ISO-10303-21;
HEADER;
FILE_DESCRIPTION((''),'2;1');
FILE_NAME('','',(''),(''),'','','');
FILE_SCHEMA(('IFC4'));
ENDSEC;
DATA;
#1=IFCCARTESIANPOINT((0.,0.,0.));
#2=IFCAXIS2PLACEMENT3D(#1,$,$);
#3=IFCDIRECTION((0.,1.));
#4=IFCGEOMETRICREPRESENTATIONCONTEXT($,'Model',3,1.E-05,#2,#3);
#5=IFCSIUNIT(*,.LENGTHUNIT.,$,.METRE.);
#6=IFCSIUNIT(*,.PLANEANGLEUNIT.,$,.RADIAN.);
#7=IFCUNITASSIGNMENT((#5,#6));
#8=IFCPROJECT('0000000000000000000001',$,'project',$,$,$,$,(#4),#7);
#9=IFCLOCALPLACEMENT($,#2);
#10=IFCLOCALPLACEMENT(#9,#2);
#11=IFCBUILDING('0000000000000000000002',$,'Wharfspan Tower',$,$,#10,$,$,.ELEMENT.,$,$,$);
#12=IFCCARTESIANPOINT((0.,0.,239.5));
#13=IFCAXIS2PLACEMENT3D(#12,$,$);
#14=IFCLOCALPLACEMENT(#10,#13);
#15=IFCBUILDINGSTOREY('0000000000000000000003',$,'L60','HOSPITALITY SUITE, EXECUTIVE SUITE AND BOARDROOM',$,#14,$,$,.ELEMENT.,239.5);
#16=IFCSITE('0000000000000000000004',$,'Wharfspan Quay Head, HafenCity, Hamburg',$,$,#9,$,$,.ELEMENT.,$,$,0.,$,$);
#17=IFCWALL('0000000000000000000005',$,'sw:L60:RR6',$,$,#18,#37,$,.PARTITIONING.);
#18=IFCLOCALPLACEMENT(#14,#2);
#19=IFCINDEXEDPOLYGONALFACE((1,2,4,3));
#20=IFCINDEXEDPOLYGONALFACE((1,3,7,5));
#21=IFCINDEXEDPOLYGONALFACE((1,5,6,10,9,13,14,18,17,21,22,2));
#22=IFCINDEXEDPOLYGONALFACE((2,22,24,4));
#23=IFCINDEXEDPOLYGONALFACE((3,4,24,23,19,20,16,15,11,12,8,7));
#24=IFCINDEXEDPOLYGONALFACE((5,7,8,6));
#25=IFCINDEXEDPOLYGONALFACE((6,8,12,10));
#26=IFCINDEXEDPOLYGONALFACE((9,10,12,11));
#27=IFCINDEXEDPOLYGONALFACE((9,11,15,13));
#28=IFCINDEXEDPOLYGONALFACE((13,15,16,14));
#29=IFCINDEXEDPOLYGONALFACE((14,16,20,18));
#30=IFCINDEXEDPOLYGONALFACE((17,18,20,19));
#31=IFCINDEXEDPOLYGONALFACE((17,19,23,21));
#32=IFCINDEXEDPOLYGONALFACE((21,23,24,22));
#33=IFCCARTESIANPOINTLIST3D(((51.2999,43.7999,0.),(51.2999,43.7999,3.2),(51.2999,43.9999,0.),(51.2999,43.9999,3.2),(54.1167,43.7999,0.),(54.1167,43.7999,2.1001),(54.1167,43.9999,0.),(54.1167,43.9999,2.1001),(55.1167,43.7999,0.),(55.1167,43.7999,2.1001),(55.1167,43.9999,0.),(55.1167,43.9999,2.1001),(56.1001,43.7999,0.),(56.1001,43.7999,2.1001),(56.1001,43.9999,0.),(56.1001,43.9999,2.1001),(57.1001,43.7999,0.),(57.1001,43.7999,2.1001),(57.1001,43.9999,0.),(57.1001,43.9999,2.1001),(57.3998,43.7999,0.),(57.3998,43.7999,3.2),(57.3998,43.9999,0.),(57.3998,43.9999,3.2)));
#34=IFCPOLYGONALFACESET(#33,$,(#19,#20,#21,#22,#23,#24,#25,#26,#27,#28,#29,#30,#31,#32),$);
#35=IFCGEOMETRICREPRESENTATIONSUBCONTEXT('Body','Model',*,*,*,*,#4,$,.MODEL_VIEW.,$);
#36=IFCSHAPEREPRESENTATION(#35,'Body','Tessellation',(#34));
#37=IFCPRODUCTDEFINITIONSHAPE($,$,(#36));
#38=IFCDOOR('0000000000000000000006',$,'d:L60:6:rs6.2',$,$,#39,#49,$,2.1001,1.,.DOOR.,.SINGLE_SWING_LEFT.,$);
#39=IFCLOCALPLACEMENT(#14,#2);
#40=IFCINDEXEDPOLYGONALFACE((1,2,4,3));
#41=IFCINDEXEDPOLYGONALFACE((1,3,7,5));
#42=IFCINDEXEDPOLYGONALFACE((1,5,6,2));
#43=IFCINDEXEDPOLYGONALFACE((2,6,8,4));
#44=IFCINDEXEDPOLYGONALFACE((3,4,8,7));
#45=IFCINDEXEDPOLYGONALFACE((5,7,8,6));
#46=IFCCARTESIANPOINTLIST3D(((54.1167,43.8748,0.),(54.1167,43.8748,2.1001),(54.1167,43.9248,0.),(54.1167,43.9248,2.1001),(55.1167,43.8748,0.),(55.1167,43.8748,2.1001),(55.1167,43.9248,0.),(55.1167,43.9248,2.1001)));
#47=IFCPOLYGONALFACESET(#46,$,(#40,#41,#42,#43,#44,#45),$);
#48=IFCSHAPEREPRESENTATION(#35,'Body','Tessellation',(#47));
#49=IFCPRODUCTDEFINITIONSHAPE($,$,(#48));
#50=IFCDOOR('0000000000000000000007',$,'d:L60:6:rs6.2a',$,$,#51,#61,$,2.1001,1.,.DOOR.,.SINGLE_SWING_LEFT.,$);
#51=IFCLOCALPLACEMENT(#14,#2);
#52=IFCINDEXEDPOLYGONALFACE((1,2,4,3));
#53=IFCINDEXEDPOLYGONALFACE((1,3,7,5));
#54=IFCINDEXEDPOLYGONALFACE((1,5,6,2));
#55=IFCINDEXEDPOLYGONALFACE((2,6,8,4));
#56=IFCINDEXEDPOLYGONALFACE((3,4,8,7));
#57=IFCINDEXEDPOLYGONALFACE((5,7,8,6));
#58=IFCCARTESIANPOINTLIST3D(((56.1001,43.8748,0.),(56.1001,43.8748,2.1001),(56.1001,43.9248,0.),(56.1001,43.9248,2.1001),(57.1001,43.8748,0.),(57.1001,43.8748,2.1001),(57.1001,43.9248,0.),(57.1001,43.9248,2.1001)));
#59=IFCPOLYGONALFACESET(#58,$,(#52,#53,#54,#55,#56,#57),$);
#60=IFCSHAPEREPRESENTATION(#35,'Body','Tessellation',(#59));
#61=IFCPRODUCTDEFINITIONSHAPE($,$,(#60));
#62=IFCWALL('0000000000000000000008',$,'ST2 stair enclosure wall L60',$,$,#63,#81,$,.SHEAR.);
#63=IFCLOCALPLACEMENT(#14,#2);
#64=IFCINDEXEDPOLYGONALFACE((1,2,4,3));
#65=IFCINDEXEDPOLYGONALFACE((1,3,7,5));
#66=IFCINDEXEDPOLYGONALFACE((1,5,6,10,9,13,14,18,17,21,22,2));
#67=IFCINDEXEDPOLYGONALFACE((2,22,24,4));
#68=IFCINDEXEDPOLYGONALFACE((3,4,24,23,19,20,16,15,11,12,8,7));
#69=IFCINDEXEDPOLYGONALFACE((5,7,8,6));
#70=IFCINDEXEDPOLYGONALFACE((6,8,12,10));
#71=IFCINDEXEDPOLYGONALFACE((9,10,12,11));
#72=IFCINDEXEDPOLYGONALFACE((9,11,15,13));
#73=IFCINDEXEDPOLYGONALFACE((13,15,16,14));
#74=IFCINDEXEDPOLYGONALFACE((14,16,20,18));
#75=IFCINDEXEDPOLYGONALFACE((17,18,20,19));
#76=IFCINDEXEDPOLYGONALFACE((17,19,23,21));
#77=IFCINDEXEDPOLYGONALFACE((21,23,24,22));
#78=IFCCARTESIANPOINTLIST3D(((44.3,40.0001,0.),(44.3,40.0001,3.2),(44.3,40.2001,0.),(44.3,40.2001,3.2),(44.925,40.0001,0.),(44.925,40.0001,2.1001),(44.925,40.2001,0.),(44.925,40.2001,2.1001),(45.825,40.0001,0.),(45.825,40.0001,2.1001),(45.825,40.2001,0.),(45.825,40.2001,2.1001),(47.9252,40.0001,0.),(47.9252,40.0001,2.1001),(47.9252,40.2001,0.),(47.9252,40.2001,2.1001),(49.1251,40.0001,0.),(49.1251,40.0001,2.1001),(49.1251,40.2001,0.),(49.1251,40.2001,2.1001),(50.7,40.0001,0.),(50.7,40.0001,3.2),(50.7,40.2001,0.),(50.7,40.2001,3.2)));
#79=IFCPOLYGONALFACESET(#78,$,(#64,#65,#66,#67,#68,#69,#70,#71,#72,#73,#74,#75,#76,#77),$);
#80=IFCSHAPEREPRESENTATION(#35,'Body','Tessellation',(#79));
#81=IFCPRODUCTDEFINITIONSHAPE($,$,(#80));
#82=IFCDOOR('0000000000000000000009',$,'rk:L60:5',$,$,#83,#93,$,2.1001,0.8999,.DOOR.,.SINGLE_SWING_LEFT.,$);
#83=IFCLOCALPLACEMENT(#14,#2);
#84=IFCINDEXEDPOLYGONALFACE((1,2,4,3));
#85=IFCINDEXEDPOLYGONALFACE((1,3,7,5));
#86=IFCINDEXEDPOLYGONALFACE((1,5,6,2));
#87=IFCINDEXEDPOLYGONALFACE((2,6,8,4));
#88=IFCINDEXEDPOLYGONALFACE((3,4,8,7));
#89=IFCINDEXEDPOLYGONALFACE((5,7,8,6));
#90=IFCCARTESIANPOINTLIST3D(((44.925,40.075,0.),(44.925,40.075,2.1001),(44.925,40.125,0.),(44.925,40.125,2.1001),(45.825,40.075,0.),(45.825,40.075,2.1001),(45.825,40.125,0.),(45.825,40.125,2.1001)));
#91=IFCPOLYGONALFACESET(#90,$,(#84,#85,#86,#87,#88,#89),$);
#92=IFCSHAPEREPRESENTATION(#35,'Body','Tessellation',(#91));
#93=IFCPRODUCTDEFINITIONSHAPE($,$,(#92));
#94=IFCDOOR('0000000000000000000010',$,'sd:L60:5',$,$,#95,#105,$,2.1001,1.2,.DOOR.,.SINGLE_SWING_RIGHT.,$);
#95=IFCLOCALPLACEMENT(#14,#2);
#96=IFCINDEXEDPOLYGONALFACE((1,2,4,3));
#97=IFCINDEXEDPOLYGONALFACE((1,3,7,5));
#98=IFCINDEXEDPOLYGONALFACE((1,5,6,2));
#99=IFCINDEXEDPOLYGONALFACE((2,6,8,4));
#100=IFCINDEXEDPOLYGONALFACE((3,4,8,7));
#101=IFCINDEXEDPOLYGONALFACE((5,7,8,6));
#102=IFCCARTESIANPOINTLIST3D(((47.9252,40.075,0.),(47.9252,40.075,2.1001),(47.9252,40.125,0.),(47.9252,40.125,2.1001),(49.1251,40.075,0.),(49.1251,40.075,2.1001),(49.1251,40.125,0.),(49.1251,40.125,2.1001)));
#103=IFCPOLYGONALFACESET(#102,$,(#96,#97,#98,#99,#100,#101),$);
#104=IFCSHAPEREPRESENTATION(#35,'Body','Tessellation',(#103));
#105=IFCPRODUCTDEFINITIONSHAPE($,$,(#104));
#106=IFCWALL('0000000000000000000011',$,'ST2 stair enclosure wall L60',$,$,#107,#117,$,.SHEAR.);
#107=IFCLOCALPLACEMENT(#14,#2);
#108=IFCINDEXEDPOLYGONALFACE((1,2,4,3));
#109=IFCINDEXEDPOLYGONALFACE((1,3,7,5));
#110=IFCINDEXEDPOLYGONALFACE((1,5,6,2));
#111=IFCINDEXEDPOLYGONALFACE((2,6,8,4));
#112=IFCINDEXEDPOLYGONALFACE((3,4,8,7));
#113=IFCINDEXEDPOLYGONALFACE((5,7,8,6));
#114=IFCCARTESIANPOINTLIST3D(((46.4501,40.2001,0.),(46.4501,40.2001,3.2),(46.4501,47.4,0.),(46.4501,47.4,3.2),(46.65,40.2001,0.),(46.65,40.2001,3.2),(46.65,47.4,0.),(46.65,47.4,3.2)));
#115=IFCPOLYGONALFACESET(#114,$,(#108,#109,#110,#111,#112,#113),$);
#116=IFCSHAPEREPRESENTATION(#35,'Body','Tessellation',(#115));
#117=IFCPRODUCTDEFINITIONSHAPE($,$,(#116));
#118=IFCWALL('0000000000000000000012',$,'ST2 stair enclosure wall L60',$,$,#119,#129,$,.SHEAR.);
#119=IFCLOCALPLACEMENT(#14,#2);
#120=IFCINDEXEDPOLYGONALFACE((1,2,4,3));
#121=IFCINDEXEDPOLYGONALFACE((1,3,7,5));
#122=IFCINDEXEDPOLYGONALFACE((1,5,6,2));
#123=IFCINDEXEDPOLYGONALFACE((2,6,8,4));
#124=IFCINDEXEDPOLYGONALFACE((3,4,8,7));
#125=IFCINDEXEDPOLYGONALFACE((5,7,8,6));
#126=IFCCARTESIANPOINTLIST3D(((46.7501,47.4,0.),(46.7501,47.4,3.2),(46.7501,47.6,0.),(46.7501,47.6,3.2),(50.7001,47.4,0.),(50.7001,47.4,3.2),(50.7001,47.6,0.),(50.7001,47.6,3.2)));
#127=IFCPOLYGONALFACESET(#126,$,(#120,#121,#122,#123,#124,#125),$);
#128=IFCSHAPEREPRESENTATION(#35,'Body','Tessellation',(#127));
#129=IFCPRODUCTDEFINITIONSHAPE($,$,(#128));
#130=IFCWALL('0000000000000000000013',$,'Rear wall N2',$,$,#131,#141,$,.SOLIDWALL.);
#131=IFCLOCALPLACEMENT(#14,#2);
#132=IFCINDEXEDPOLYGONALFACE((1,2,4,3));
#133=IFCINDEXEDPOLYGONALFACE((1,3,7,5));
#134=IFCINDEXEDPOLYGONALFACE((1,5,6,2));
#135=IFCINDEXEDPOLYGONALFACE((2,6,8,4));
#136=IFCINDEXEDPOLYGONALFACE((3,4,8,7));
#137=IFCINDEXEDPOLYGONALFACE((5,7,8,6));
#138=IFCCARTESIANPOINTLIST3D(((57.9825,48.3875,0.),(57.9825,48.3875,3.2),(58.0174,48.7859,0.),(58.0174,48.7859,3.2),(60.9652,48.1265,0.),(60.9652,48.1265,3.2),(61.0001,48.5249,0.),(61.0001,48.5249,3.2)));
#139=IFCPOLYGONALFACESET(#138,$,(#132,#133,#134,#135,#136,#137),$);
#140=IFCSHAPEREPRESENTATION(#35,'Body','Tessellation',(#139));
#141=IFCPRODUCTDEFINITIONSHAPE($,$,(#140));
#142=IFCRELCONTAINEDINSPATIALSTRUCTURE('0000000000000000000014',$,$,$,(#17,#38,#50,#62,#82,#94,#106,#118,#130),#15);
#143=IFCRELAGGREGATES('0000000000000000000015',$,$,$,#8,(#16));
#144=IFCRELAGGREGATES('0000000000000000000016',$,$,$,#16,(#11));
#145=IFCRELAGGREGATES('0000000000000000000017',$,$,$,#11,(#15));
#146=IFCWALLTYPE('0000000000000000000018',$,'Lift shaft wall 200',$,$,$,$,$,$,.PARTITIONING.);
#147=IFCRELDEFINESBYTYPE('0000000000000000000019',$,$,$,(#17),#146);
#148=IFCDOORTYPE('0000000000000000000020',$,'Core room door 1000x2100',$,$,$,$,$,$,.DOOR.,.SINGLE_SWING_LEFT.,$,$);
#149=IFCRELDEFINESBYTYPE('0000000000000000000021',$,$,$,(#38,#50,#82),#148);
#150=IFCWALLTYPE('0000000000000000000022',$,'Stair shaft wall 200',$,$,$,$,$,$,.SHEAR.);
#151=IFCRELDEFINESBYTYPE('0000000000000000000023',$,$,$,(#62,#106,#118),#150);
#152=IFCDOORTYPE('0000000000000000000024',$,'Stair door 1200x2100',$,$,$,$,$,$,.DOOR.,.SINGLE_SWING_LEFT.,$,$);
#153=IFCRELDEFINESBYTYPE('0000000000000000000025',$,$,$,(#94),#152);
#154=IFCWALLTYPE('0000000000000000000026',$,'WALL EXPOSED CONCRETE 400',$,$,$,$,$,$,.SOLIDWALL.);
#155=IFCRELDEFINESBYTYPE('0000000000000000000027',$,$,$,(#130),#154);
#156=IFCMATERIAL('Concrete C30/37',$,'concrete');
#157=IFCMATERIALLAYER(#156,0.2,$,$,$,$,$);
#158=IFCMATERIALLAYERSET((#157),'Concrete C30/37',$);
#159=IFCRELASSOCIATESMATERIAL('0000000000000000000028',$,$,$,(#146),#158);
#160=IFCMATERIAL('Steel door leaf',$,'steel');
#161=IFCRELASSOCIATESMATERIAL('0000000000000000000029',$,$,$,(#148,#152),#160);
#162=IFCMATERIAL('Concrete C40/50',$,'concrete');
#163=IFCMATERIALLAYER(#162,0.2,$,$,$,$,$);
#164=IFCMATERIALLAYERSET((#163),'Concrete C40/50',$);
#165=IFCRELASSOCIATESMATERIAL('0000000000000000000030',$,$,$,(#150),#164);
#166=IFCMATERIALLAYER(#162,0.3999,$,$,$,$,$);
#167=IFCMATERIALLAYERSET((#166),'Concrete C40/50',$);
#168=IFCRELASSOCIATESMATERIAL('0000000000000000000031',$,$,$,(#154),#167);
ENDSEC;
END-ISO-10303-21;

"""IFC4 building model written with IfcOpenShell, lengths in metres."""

from ifc_helpers import new_model, si_unit, direction, frame, frame_2d, origin, place, context, subcontext, project, spatial, rectangle, extrude, material, layer, layer_set, type_object, element, fill, save


model = new_model("IFC4")

# Units and contexts
model_context = context("Model", 3, precision=1e-05, world=origin(), true_north=direction((0.0, 1.0)))
body_context = subcontext(model_context, "Body", "Model", "MODEL_VIEW")
ifc_project = project(units=[si_unit("LENGTHUNIT", "METRE"), si_unit("PLANEANGLEUNIT", "RADIAN")], contexts=[model_context])

# Site, building, storey
site_placement = place(None, origin())
site = spatial("IfcSite", under=ifc_project, at=site_placement, Name="Wharfspan Quay Head, HafenCity, Hamburg", CompositionType="ELEMENT", RefElevation=0.0)
building_placement = place(site_placement, origin())
building = spatial("IfcBuilding", under=site, at=building_placement, Name="Wharfspan Tower", CompositionType="ELEMENT")
storey_placement = place(building_placement, frame((0.0, 0.0, 239.5)))
storey = spatial("IfcBuildingStorey", under=building, at=storey_placement, Name="L60", Description="HOSPITALITY SUITE, EXECUTIVE SUITE AND BOARDROOM", CompositionType="ELEMENT", Elevation=239.5)

# Walls, openings, doors
ifc_material_1 = material(Name="Concrete C30/37", Category="concrete")
ifc_layer_1 = layer(ifc_material_1, 0.2)
ifc_layer_set_1 = layer_set([ifc_layer_1], Name="Concrete C30/37")
wall_type_1 = type_object("IfcWallType", Name="Lift shaft wall 200", PredefinedType="PARTITIONING", material=ifc_layer_set_1)
ifc_material_2 = material(Name="Steel door leaf", Category="steel")
door_type_1 = type_object("IfcDoorType", Name="Core room door 1000x2100", OperationType="SINGLE_SWING_LEFT", PredefinedType="DOOR", material=ifc_material_2)
wall_1_placement = place(storey_placement, frame((51.3, 43.8999, 0.0), z_axis=(0.0, 0.0, 1.0), x_axis=(1.0, 0.0, 0.0)))
wall_1 = element("IfcWall", 1, at=wall_1_placement, inside=storey, type_object=wall_type_1, Name="sw:L60:RR6", PredefinedType="PARTITIONING", context=body_context, shape_type="SweptSolid", body=[
    extrude(rectangle(XDim=6.0999, YDim=0.2, at=frame_2d((3.0498, 0.0))), origin(), (0.0, 0.0, 1.0), 3.2),
])
opening_1_placement = place(wall_1_placement, frame((2.8167, 0.0, 0.0)))
opening_1 = element("IfcOpeningElement", 2, at=opening_1_placement, cuts=wall_1, PredefinedType="OPENING", context=body_context, shape_type="SweptSolid", body=[
    extrude(rectangle(XDim=1.0, YDim=2.1001, at=frame_2d((0.5, 1.05))), frame((0.0, 0.1099, 0.0), z_axis=(0.0, -1.0, 0.0), x_axis=(1.0, 0.0, 0.0)), (0.0, 0.0, 1.0), 0.22),
])
opening_2_placement = place(wall_1_placement, frame((4.8, 0.0, 0.0)))
opening_2 = element("IfcOpeningElement", 3, at=opening_2_placement, cuts=wall_1, PredefinedType="OPENING", context=body_context, shape_type="SweptSolid", body=[
    extrude(rectangle(XDim=1.0, YDim=2.1001, at=frame_2d((0.5, 1.05))), frame((0.0, 0.1099, 0.0), z_axis=(0.0, -1.0, 0.0), x_axis=(1.0, 0.0, 0.0)), (0.0, 0.0, 1.0), 0.22),
])
door_1_placement = place(opening_1_placement, origin())
door_1 = element("IfcDoor", 4, at=door_1_placement, inside=storey, type_object=door_type_1, Name="d:L60:6:rs6.2", OperationType="SINGLE_SWING_LEFT", OverallHeight=2.1001, OverallWidth=1.0, PredefinedType="DOOR", context=body_context, shape_type="SweptSolid", body=[
    extrude(rectangle(XDim=1.0, YDim=2.1001, at=frame_2d((0.5, 1.05))), frame((0.0, 0.0249, 0.0), z_axis=(0.0, -1.0, 0.0), x_axis=(1.0, 0.0, 0.0)), (0.0, 0.0, 1.0), 0.05),
])
fill(opening_1, door_1)
door_2_placement = place(opening_2_placement, origin())
door_2 = element("IfcDoor", 5, at=door_2_placement, inside=storey, type_object=door_type_1, Name="d:L60:6:rs6.2a", OperationType="SINGLE_SWING_LEFT", OverallHeight=2.1001, OverallWidth=1.0, PredefinedType="DOOR", context=body_context, shape_type="SweptSolid", body=[
    extrude(rectangle(XDim=1.0, YDim=2.1001, at=frame_2d((0.5, 1.05))), frame((0.0, 0.0249, 0.0), z_axis=(0.0, -1.0, 0.0), x_axis=(1.0, 0.0, 0.0)), (0.0, 0.0, 1.0), 0.05),
])
fill(opening_2, door_2)
ifc_material_3 = material(Name="Concrete C40/50", Category="concrete")
ifc_layer_2 = layer(ifc_material_3, 0.2)
ifc_layer_set_2 = layer_set([ifc_layer_2], Name="Concrete C40/50")
wall_type_2 = type_object("IfcWallType", Name="Stair shaft wall 200", PredefinedType="SHEAR", material=ifc_layer_set_2)
wall_2_placement = place(storey_placement, frame((44.3, 40.1001, 0.0), z_axis=(0.0, 0.0, 1.0), x_axis=(1.0, 0.0, 0.0)))
wall_2 = element("IfcWall", 6, at=wall_2_placement, inside=storey, type_object=wall_type_2, Name="ST2 stair enclosure wall L60", PredefinedType="SHEAR", context=body_context, shape_type="SweptSolid", body=[
    extrude(rectangle(XDim=6.3999, YDim=0.2, at=frame_2d((3.2, 0.0))), origin(), (0.0, 0.0, 1.0), 3.2),
])
opening_3_placement = place(wall_2_placement, frame((3.625, 0.0, 0.0)))
opening_3 = element("IfcOpeningElement", 7, at=opening_3_placement, cuts=wall_2, PredefinedType="OPENING", context=body_context, shape_type="SweptSolid", body=[
    extrude(rectangle(XDim=1.2, YDim=2.1001, at=frame_2d((0.6001, 1.05))), frame((0.0, 0.1099, 0.0), z_axis=(0.0, -1.0, 0.0), x_axis=(1.0, 0.0, 0.0)), (0.0, 0.0, 1.0), 0.22),
])
opening_4_placement = place(wall_2_placement, frame((0.625, 0.0, 0.0)))
opening_4 = element("IfcOpeningElement", 8, at=opening_4_placement, cuts=wall_2, PredefinedType="OPENING", context=body_context, shape_type="SweptSolid", body=[
    extrude(rectangle(XDim=0.8999, YDim=2.1001, at=frame_2d((0.45, 1.05))), frame((0.0, 0.1099, 0.0), z_axis=(0.0, -1.0, 0.0), x_axis=(1.0, 0.0, 0.0)), (0.0, 0.0, 1.0), 0.22),
])
door_3_placement = place(opening_4_placement, origin())
door_3 = element("IfcDoor", 9, at=door_3_placement, inside=storey, type_object=door_type_1, Name="rk:L60:5", OperationType="SINGLE_SWING_LEFT", OverallHeight=2.1001, OverallWidth=0.8999, PredefinedType="DOOR", context=body_context, shape_type="SweptSolid", body=[
    extrude(rectangle(XDim=0.8999, YDim=2.1001, at=frame_2d((0.45, 1.05))), frame((0.0, 0.0249, 0.0), z_axis=(0.0, -1.0, 0.0), x_axis=(1.0, 0.0, 0.0)), (0.0, 0.0, 1.0), 0.05),
])
fill(opening_4, door_3)
door_type_2 = type_object("IfcDoorType", Name="Stair door 1200x2100", OperationType="SINGLE_SWING_LEFT", PredefinedType="DOOR", material=ifc_material_2)
door_4_placement = place(opening_3_placement, origin())
door_4 = element("IfcDoor", 10, at=door_4_placement, inside=storey, type_object=door_type_2, Name="sd:L60:5", OperationType="SINGLE_SWING_RIGHT", OverallHeight=2.1001, OverallWidth=1.2, PredefinedType="DOOR", context=body_context, shape_type="SweptSolid", body=[
    extrude(rectangle(XDim=1.2, YDim=2.1001, at=frame_2d((0.6001, 1.05))), frame((0.0, 0.0249, 0.0), z_axis=(0.0, -1.0, 0.0), x_axis=(1.0, 0.0, 0.0)), (0.0, 0.0, 1.0), 0.05),
])
fill(opening_3, door_4)

# Walls
wall_3_placement = place(storey_placement, frame((46.55, 40.2, 0.0), z_axis=(0.0, 0.0, 1.0), x_axis=(0.0, 1.0, 0.0)))
element("IfcWall", 11, at=wall_3_placement, inside=storey, type_object=wall_type_2, Name="ST2 stair enclosure wall L60", PredefinedType="SHEAR", context=body_context, shape_type="SweptSolid", body=[
    extrude(rectangle(XDim=7.2, YDim=0.2, at=frame_2d((3.6001, 0.0))), origin(), (0.0, 0.0, 1.0), 3.2),
])
wall_4_placement = place(storey_placement, frame((46.75, 47.5, 0.0), z_axis=(0.0, 0.0, 1.0), x_axis=(1.0, 0.0, 0.0)))
element("IfcWall", 12, at=wall_4_placement, inside=storey, type_object=wall_type_2, Name="ST2 stair enclosure wall L60", PredefinedType="SHEAR", context=body_context, shape_type="SweptSolid", body=[
    extrude(rectangle(XDim=3.95, YDim=0.2, at=frame_2d((1.9751, 0.0))), origin(), (0.0, 0.0, 1.0), 3.2),
])
ifc_layer_3 = layer(ifc_material_3, 0.3999)
ifc_layer_set_3 = layer_set([ifc_layer_3], Name="Concrete C40/50")
wall_type_3 = type_object("IfcWallType", Name="WALL EXPOSED CONCRETE 400", PredefinedType="SOLIDWALL", material=ifc_layer_set_3)
wall_5_placement = place(storey_placement, frame((60.9827, 48.3257, 0.0), z_axis=(0.0, 0.0, 1.0), x_axis=(-0.996194, 0.087168, 0.0)))
element("IfcWall", 13, at=wall_5_placement, inside=storey, type_object=wall_type_3, Name="Rear wall N2", PredefinedType="SOLIDWALL", context=body_context, shape_type="SweptSolid", body=[
    extrude(rectangle(XDim=2.9941, YDim=0.3999, at=frame_2d((1.4971, 0.0))), origin(), (0.0, 0.0, 1.0), 3.2),
])

save(model, "model.ifc")
